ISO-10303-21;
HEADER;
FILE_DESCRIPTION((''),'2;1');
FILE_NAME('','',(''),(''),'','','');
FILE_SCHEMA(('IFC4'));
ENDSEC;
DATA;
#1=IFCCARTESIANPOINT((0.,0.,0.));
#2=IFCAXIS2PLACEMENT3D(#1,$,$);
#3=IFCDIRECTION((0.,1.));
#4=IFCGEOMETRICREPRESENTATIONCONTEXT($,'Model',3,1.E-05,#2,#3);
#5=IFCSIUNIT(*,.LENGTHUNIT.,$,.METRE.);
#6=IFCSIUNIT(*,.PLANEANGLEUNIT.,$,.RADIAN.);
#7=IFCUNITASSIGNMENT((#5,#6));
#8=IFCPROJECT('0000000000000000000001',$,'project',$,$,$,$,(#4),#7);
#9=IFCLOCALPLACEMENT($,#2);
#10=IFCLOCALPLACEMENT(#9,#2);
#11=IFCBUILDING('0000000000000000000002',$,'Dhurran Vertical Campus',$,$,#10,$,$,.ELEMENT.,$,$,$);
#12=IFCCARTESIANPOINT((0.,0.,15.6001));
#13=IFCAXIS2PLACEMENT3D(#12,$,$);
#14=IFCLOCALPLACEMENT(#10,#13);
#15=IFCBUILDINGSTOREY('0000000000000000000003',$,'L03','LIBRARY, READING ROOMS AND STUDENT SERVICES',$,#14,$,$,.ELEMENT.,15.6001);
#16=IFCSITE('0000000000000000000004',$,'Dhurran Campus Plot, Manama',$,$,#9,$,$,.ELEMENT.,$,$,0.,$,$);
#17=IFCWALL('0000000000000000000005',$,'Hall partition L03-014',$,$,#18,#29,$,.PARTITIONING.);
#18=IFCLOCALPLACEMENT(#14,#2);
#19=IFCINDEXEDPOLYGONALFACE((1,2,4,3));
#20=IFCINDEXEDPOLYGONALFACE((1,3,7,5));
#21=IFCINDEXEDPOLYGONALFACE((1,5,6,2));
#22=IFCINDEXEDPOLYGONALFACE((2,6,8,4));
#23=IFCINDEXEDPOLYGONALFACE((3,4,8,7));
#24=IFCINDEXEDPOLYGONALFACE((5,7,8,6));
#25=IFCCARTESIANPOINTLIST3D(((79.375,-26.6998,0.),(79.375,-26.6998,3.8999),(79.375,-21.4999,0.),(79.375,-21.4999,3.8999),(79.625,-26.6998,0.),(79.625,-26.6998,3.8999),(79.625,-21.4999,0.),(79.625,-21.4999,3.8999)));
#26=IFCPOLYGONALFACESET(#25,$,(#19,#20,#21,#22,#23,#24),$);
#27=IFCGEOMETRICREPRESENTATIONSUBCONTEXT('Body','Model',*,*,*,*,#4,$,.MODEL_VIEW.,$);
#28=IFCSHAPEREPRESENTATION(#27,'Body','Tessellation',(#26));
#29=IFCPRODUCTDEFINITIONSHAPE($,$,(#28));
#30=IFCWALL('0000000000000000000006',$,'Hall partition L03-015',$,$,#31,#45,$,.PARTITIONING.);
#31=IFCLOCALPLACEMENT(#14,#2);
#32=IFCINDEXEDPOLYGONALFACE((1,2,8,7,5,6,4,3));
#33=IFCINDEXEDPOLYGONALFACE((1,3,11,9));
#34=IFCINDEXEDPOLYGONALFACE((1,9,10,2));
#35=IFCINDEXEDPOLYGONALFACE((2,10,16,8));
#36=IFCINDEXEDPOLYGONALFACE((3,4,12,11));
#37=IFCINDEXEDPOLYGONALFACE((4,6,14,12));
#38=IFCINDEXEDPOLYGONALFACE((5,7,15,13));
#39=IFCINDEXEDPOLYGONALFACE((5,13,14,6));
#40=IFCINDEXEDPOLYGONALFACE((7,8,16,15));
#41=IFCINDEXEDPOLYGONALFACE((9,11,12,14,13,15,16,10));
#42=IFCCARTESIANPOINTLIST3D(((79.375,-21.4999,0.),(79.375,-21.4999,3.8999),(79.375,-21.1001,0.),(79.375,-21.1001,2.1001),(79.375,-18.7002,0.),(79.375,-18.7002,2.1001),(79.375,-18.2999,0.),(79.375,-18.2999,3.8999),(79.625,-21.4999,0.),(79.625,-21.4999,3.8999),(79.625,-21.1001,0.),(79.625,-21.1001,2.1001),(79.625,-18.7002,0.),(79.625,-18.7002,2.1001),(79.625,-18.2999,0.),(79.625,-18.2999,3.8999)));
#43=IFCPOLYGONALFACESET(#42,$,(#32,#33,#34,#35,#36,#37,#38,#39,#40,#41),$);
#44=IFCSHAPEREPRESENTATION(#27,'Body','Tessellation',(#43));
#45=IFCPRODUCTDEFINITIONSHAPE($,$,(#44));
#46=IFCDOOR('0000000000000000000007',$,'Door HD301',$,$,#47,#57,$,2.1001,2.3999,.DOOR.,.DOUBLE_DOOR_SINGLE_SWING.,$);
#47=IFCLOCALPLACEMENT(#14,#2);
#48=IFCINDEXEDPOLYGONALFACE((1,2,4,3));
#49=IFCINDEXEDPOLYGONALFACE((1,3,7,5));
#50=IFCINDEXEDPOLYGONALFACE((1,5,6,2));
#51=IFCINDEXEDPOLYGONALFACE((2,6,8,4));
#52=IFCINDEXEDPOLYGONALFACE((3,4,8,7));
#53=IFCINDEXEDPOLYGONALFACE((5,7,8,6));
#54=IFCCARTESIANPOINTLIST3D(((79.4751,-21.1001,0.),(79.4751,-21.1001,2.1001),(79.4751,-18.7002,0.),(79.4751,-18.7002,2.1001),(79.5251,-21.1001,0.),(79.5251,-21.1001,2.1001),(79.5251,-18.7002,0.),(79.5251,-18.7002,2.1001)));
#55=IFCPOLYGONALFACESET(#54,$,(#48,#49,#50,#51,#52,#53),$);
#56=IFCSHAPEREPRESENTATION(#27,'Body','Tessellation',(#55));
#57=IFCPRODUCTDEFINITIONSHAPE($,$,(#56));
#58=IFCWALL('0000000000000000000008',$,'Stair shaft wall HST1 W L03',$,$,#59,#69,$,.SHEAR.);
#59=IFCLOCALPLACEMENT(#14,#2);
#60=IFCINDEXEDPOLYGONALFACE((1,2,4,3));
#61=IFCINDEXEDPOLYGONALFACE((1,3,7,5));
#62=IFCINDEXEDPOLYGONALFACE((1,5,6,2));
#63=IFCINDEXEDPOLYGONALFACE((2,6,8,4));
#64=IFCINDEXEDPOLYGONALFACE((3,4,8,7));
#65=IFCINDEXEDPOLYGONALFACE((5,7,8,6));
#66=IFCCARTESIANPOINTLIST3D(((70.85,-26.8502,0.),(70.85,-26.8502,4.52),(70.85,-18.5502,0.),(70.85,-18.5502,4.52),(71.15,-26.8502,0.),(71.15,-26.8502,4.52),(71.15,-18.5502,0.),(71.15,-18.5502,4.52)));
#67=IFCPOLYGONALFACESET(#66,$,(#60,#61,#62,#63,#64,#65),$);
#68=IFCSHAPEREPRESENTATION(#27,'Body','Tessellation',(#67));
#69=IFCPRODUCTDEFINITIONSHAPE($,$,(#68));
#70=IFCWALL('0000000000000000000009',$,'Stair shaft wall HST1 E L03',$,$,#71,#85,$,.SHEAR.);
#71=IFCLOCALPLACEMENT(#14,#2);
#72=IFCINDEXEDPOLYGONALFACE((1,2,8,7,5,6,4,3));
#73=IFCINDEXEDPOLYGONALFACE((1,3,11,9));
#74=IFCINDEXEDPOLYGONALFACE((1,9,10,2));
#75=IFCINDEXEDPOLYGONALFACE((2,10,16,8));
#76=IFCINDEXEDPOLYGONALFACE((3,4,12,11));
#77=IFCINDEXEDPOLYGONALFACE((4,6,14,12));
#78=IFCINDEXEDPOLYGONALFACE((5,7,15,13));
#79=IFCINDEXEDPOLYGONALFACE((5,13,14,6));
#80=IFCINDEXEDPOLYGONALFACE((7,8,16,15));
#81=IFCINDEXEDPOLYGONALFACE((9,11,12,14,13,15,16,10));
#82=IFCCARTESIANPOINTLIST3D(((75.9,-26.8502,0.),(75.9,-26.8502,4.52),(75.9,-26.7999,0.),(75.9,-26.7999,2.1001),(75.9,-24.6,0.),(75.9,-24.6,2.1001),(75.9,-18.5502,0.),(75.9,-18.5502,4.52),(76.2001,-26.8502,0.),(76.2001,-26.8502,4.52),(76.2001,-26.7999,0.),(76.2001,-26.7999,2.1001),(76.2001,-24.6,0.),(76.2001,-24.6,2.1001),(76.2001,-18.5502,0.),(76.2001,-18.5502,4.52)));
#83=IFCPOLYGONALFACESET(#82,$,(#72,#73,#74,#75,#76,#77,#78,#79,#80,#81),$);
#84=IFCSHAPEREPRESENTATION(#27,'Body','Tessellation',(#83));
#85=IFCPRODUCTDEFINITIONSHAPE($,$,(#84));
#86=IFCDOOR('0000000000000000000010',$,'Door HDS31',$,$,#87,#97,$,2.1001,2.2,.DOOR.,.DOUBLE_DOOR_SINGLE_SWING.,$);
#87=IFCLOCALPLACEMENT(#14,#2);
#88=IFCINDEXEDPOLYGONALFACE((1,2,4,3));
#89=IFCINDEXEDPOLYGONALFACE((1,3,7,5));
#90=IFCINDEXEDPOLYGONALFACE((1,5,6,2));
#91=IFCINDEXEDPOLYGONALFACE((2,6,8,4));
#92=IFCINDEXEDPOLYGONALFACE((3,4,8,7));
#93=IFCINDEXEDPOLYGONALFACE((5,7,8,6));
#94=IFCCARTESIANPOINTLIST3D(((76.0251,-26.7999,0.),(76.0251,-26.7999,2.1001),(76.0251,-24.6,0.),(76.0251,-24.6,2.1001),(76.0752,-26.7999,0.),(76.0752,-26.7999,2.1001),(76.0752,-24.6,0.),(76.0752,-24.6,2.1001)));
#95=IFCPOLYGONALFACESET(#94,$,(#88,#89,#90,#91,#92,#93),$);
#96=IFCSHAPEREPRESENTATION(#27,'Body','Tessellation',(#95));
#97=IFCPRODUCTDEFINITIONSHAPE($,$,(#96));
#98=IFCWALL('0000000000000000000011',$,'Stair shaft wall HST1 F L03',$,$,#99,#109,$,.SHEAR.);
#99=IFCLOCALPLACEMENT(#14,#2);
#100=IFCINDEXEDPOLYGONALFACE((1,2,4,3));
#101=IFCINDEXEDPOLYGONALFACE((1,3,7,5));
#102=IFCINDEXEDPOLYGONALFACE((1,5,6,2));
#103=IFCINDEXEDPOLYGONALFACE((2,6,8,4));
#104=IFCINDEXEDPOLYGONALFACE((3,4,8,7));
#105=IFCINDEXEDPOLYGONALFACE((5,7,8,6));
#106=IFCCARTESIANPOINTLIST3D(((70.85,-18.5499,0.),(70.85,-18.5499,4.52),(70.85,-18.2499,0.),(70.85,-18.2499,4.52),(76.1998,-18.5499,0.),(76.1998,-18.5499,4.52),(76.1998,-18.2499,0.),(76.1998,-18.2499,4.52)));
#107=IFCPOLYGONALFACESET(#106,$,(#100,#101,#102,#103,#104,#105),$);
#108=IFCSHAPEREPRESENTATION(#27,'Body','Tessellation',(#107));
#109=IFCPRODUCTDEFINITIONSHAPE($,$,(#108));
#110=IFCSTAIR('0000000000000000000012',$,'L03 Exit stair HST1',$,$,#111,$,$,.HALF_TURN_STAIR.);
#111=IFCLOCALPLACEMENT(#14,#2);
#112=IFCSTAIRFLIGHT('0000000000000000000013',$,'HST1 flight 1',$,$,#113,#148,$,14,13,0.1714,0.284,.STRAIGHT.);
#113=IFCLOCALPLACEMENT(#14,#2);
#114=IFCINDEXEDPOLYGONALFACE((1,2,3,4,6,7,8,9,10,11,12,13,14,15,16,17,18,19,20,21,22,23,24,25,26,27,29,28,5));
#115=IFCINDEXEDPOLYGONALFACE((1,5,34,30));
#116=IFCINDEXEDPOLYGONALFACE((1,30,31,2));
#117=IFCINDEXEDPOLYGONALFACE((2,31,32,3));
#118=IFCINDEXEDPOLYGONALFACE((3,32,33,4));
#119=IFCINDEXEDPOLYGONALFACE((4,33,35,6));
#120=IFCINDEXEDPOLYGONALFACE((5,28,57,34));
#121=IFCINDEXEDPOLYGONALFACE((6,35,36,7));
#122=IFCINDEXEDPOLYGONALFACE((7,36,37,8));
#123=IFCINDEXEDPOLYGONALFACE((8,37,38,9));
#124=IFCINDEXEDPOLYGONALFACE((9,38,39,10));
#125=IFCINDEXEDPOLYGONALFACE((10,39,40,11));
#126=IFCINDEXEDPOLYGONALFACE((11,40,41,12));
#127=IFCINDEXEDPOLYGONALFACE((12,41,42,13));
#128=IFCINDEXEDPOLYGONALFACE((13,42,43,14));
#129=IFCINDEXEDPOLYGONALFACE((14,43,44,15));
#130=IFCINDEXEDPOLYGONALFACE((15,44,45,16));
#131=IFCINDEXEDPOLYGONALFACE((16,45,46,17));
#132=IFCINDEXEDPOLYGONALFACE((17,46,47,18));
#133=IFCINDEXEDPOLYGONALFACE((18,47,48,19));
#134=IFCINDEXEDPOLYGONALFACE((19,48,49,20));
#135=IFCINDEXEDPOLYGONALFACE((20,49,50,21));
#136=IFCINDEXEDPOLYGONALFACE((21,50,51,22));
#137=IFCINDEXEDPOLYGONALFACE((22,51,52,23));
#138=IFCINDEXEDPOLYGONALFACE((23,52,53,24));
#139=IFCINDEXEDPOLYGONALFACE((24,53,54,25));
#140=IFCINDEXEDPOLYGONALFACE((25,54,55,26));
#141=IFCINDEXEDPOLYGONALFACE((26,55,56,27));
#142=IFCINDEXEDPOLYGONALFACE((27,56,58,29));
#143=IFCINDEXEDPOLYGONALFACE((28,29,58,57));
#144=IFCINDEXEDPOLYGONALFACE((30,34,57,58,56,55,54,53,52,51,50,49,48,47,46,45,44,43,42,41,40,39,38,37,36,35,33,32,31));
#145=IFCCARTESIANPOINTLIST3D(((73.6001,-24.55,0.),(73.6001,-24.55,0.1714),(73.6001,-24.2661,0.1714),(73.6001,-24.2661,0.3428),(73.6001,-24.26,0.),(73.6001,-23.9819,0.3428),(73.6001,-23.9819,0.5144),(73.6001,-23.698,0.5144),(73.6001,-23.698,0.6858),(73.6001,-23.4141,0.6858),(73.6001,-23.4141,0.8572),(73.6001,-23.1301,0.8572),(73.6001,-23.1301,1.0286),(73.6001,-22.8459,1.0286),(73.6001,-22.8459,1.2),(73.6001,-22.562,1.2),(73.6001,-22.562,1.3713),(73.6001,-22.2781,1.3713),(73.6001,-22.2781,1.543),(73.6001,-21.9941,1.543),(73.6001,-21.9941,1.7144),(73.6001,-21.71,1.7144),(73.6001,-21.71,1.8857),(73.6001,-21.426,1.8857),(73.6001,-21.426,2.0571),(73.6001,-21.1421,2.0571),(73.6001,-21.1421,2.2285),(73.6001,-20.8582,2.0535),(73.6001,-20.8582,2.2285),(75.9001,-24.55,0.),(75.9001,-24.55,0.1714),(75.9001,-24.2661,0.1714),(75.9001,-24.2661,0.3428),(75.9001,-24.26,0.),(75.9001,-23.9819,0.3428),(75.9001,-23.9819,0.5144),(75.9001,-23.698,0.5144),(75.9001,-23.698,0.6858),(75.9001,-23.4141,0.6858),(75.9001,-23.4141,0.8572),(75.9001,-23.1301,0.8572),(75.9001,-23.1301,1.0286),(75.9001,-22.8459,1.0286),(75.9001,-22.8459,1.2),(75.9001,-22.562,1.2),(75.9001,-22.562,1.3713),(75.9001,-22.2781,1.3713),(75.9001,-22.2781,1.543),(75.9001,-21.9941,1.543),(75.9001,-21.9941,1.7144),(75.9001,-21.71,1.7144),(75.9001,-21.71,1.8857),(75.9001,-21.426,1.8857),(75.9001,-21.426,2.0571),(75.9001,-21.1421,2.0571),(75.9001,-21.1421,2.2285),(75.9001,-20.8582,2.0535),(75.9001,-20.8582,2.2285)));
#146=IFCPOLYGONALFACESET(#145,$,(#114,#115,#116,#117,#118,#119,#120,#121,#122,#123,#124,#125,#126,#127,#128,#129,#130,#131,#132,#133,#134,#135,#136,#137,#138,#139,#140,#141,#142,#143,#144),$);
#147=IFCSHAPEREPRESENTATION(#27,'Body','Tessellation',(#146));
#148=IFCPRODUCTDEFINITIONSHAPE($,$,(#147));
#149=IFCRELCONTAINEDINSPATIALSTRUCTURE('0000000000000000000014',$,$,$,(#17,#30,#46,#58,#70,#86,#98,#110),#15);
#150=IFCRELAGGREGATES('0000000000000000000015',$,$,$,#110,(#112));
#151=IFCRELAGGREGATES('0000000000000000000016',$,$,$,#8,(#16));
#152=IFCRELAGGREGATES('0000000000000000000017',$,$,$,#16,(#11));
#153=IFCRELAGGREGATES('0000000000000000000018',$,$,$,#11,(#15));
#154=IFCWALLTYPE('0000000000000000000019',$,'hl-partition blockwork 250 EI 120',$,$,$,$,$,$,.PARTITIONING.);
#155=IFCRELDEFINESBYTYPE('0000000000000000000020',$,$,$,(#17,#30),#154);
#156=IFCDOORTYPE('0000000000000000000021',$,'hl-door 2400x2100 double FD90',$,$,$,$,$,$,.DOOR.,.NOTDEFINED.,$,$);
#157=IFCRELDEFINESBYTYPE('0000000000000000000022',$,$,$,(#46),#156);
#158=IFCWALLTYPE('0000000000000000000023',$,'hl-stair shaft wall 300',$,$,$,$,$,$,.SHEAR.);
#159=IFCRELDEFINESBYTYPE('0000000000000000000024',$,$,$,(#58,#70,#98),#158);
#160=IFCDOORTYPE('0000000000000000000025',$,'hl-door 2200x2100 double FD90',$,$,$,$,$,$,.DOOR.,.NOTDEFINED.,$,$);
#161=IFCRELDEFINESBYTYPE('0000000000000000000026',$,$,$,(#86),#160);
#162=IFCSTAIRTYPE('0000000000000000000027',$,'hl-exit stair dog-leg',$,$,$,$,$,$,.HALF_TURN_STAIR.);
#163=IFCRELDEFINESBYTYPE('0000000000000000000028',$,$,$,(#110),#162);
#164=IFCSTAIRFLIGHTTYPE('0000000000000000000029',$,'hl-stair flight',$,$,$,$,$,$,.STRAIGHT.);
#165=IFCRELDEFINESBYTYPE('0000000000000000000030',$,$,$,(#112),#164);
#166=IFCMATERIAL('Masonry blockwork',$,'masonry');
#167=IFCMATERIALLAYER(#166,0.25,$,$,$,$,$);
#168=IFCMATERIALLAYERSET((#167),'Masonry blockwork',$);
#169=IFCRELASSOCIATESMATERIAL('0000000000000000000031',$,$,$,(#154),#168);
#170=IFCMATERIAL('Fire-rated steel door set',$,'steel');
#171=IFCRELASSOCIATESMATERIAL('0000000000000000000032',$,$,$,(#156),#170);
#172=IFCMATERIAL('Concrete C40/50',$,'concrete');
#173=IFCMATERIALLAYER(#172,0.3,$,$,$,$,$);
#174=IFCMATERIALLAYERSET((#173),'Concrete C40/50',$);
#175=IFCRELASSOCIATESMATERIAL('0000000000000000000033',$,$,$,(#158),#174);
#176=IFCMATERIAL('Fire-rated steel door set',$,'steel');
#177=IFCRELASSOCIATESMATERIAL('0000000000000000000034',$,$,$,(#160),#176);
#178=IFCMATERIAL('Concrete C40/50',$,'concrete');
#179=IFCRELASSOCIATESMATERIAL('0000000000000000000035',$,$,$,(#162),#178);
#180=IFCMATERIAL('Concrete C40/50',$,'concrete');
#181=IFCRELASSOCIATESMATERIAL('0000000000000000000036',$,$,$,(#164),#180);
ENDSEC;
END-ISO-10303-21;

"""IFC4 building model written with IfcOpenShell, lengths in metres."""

from ifc_helpers import new_model, si_unit, direction, frame, frame_2d, origin, place, context, subcontext, project, spatial, polyline, rectangle, outline, extrude, material, layer, layer_set, type_object, element, fill, aggregate, save


model = new_model("IFC4")

# Units and contexts
model_context = context("Model", 3, precision=1e-05, world=origin(), true_north=direction((0.0, 1.0)))
body_context = subcontext(model_context, "Body", "Model", "MODEL_VIEW")
ifc_project = project(units=[si_unit("LENGTHUNIT", "METRE"), si_unit("PLANEANGLEUNIT", "RADIAN")], contexts=[model_context])

# Site, building, storey
site_placement = place(None, origin())
site = spatial("IfcSite", under=ifc_project, at=site_placement, Name="Dhurran Campus Plot, Manama", CompositionType="ELEMENT", RefElevation=0.0)
building_placement = place(site_placement, origin())
building = spatial("IfcBuilding", under=site, at=building_placement, Name="Dhurran Vertical Campus", CompositionType="ELEMENT")
storey_placement = place(building_placement, frame((0.0, 0.0, 15.6001)))
storey = spatial("IfcBuildingStorey", under=building, at=storey_placement, Name="L03", Description="LIBRARY, READING ROOMS AND STUDENT SERVICES", CompositionType="ELEMENT", Elevation=15.6001)

# Wall
ifc_material_1 = material(Name="Masonry blockwork", Category="masonry")
ifc_layer_1 = layer(ifc_material_1, 0.25)
ifc_layer_set_1 = layer_set([ifc_layer_1], Name="Masonry blockwork")
wall_type_1 = type_object("IfcWallType", Name="hl-partition blockwork 250 EI 120", PredefinedType="PARTITIONING", material=ifc_layer_set_1)
wall_1_placement = place(storey_placement, frame((79.5, -26.7, 0.0), z_axis=(0.0, 0.0, 1.0), x_axis=(0.0, 1.0, 0.0)))
element("IfcWall", 1, at=wall_1_placement, inside=storey, type_object=wall_type_1, Name="Hall partition L03-014", PredefinedType="PARTITIONING", context=body_context, shape_type="SweptSolid", body=[
    extrude(rectangle(XDim=5.2, YDim=0.25, at=frame_2d((2.6001, 0.0))), origin(), (0.0, 0.0, 1.0), 3.8999),
])

# Wall, opening, door
wall_2_placement = place(storey_placement, frame((79.5, -21.5, 0.0), z_axis=(0.0, 0.0, 1.0), x_axis=(0.0, 1.0, 0.0)))
wall_2 = element("IfcWall", 2, at=wall_2_placement, inside=storey, type_object=wall_type_1, Name="Hall partition L03-015", PredefinedType="PARTITIONING", context=body_context, shape_type="SweptSolid", body=[
    extrude(rectangle(XDim=3.2, YDim=0.25, at=frame_2d((1.6001, 0.0))), origin(), (0.0, 0.0, 1.0), 3.8999),
])
opening_1_placement = place(wall_2_placement, frame((0.3999, 0.0, 0.0)))
opening_1 = element("IfcOpeningElement", 3, at=opening_1_placement, cuts=wall_2, PredefinedType="OPENING", context=body_context, shape_type="SweptSolid", body=[
    extrude(rectangle(XDim=2.3999, YDim=2.1001, at=frame_2d((1.2, 1.05))), frame((0.0, 0.135, 0.0), z_axis=(0.0, -1.0, 0.0), x_axis=(1.0, 0.0, 0.0)), (0.0, 0.0, 1.0), 0.27),
])
ifc_material_2 = material(Name="Fire-rated steel door set", Category="steel")
door_type_1 = type_object("IfcDoorType", Name="hl-door 2400x2100 double FD90", OperationType="NOTDEFINED", PredefinedType="DOOR", material=ifc_material_2)
door_1_placement = place(opening_1_placement, origin())
door_1 = element("IfcDoor", 4, at=door_1_placement, inside=storey, type_object=door_type_1, Name="Door HD301", OperationType="DOUBLE_DOOR_SINGLE_SWING", OverallHeight=2.1001, OverallWidth=2.3999, PredefinedType="DOOR", context=body_context, shape_type="SweptSolid", body=[
    extrude(rectangle(XDim=2.3999, YDim=2.1001, at=frame_2d((1.2, 1.05))), frame((0.0, 0.0249, 0.0), z_axis=(0.0, -1.0, 0.0), x_axis=(1.0, 0.0, 0.0)), (0.0, 0.0, 1.0), 0.05),
])
fill(opening_1, door_1)

# Wall
ifc_material_3 = material(Name="Concrete C40/50", Category="concrete")
ifc_layer_2 = layer(ifc_material_3, 0.3)
ifc_layer_set_2 = layer_set([ifc_layer_2], Name="Concrete C40/50")
wall_type_2 = type_object("IfcWallType", Name="hl-stair shaft wall 300", PredefinedType="SHEAR", material=ifc_layer_set_2)
wall_3_placement = place(storey_placement, frame((71.0, -26.8501, 0.0), z_axis=(0.0, 0.0, 1.0), x_axis=(0.0, 1.0, 0.0)))
element("IfcWall", 5, at=wall_3_placement, inside=storey, type_object=wall_type_2, Name="Stair shaft wall HST1 W L03", PredefinedType="SHEAR", context=body_context, shape_type="SweptSolid", body=[
    extrude(rectangle(XDim=8.3, YDim=0.3, at=frame_2d((4.1499, 0.0))), origin(), (0.0, 0.0, 1.0), 4.52),
])

# Wall, opening, door
wall_4_placement = place(storey_placement, frame((76.05, -26.8501, 0.0), z_axis=(0.0, 0.0, 1.0), x_axis=(0.0, 1.0, 0.0)))
wall_4 = element("IfcWall", 6, at=wall_4_placement, inside=storey, type_object=wall_type_2, Name="Stair shaft wall HST1 E L03", PredefinedType="SHEAR", context=body_context, shape_type="SweptSolid", body=[
    extrude(rectangle(XDim=8.3, YDim=0.3, at=frame_2d((4.1499, 0.0))), origin(), (0.0, 0.0, 1.0), 4.52),
])
opening_2_placement = place(wall_4_placement, frame((0.05, 0.0, 0.0)))
opening_2 = element("IfcOpeningElement", 7, at=opening_2_placement, cuts=wall_4, PredefinedType="OPENING", context=body_context, shape_type="SweptSolid", body=[
    extrude(rectangle(XDim=2.2, YDim=2.1001, at=frame_2d((1.1001, 1.05))), frame((0.0, 0.1599, 0.0), z_axis=(0.0, -1.0, 0.0), x_axis=(1.0, 0.0, 0.0)), (0.0, 0.0, 1.0), 0.3201),
])
ifc_material_4 = material(Name="Fire-rated steel door set", Category="steel")
door_type_2 = type_object("IfcDoorType", Name="hl-door 2200x2100 double FD90", OperationType="NOTDEFINED", PredefinedType="DOOR", material=ifc_material_4)
door_2_placement = place(opening_2_placement, origin())
door_2 = element("IfcDoor", 8, at=door_2_placement, inside=storey, type_object=door_type_2, Name="Door HDS31", OperationType="DOUBLE_DOOR_SINGLE_SWING", OverallHeight=2.1001, OverallWidth=2.2, PredefinedType="DOOR", context=body_context, shape_type="SweptSolid", body=[
    extrude(rectangle(XDim=2.2, YDim=2.1001, at=frame_2d((1.1001, 1.05))), frame((0.0, 0.0249, 0.0), z_axis=(0.0, -1.0, 0.0), x_axis=(1.0, 0.0, 0.0)), (0.0, 0.0, 1.0), 0.05),
])
fill(opening_2, door_2)

# Wall
wall_5_placement = place(storey_placement, frame((70.8501, -18.3999, 0.0), z_axis=(0.0, 0.0, 1.0), x_axis=(1.0, 0.0, 0.0)))
element("IfcWall", 9, at=wall_5_placement, inside=storey, type_object=wall_type_2, Name="Stair shaft wall HST1 F L03", PredefinedType="SHEAR", context=body_context, shape_type="SweptSolid", body=[
    extrude(rectangle(XDim=5.3499, YDim=0.3, at=frame_2d((2.6748, 0.0))), origin(), (0.0, 0.0, 1.0), 4.52),
])

# Stair, stair flight
ifc_material_5 = material(Name="Concrete C40/50", Category="concrete")
stair_type = type_object("IfcStairType", Name="hl-exit stair dog-leg", PredefinedType="HALF_TURN_STAIR", material=ifc_material_5)
stair_placement = place(storey_placement, origin())
stair = element("IfcStair", 10, at=stair_placement, inside=storey, type_object=stair_type, Name="L03 Exit stair HST1", PredefinedType="HALF_TURN_STAIR")
ifc_material_6 = material(Name="Concrete C40/50", Category="concrete")
stair_flight_type = type_object("IfcStairFlightType", Name="hl-stair flight", PredefinedType="STRAIGHT", material=ifc_material_6)
stair_flight_1_placement = place(storey_placement, frame((74.75, -24.55, 0.0), z_axis=(0.0, 0.0, 1.0), x_axis=(0.0, 1.0, 0.0)))
stair_flight_1 = element("IfcStairFlight", 11, at=stair_flight_1_placement, type_object=stair_flight_type, Name="HST1 flight 1", NumberOfRisers=14, NumberOfTreads=13, PredefinedType="STRAIGHT", RiserHeight=0.1714, TreadLength=0.284, context=body_context, shape_type="SweptSolid", body=[
    extrude(outline(polyline([(0.0, 0.0), (0.0, 0.1714), (0.2839, 0.1714), (0.2839, 0.3428), (0.5681, 0.3428), (0.5681, 0.5144), (0.8521, 0.5144), (0.8521, 0.6858), (1.136, 0.6858), (1.136, 0.8572), (1.4199, 0.8572), (1.4199, 1.0286), (1.7041, 1.0286), (1.7041, 1.2), (1.988, 1.2), (1.988, 1.3713), (2.272, 1.3713), (2.272, 1.543), (2.5559, 1.543), (2.5559, 1.7144), (2.8401, 1.7144), (2.8401, 1.8857), (3.124, 1.8857), (3.124, 2.0571), (3.408, 2.0571), (3.408, 2.2285), (3.6919, 2.2285), (3.6919, 2.3999), (3.6919, 2.0535), (0.29, 0.0), (0.0, 0.0)])), frame((0.0, 1.1499, 0.0), z_axis=(0.0, -1.0, 0.0), x_axis=(1.0, 0.0, 0.0)), (0.0, 0.0, 1.0), 2.3),
])
aggregate(stair, [stair_flight_1])

save(model, "model.ifc")
